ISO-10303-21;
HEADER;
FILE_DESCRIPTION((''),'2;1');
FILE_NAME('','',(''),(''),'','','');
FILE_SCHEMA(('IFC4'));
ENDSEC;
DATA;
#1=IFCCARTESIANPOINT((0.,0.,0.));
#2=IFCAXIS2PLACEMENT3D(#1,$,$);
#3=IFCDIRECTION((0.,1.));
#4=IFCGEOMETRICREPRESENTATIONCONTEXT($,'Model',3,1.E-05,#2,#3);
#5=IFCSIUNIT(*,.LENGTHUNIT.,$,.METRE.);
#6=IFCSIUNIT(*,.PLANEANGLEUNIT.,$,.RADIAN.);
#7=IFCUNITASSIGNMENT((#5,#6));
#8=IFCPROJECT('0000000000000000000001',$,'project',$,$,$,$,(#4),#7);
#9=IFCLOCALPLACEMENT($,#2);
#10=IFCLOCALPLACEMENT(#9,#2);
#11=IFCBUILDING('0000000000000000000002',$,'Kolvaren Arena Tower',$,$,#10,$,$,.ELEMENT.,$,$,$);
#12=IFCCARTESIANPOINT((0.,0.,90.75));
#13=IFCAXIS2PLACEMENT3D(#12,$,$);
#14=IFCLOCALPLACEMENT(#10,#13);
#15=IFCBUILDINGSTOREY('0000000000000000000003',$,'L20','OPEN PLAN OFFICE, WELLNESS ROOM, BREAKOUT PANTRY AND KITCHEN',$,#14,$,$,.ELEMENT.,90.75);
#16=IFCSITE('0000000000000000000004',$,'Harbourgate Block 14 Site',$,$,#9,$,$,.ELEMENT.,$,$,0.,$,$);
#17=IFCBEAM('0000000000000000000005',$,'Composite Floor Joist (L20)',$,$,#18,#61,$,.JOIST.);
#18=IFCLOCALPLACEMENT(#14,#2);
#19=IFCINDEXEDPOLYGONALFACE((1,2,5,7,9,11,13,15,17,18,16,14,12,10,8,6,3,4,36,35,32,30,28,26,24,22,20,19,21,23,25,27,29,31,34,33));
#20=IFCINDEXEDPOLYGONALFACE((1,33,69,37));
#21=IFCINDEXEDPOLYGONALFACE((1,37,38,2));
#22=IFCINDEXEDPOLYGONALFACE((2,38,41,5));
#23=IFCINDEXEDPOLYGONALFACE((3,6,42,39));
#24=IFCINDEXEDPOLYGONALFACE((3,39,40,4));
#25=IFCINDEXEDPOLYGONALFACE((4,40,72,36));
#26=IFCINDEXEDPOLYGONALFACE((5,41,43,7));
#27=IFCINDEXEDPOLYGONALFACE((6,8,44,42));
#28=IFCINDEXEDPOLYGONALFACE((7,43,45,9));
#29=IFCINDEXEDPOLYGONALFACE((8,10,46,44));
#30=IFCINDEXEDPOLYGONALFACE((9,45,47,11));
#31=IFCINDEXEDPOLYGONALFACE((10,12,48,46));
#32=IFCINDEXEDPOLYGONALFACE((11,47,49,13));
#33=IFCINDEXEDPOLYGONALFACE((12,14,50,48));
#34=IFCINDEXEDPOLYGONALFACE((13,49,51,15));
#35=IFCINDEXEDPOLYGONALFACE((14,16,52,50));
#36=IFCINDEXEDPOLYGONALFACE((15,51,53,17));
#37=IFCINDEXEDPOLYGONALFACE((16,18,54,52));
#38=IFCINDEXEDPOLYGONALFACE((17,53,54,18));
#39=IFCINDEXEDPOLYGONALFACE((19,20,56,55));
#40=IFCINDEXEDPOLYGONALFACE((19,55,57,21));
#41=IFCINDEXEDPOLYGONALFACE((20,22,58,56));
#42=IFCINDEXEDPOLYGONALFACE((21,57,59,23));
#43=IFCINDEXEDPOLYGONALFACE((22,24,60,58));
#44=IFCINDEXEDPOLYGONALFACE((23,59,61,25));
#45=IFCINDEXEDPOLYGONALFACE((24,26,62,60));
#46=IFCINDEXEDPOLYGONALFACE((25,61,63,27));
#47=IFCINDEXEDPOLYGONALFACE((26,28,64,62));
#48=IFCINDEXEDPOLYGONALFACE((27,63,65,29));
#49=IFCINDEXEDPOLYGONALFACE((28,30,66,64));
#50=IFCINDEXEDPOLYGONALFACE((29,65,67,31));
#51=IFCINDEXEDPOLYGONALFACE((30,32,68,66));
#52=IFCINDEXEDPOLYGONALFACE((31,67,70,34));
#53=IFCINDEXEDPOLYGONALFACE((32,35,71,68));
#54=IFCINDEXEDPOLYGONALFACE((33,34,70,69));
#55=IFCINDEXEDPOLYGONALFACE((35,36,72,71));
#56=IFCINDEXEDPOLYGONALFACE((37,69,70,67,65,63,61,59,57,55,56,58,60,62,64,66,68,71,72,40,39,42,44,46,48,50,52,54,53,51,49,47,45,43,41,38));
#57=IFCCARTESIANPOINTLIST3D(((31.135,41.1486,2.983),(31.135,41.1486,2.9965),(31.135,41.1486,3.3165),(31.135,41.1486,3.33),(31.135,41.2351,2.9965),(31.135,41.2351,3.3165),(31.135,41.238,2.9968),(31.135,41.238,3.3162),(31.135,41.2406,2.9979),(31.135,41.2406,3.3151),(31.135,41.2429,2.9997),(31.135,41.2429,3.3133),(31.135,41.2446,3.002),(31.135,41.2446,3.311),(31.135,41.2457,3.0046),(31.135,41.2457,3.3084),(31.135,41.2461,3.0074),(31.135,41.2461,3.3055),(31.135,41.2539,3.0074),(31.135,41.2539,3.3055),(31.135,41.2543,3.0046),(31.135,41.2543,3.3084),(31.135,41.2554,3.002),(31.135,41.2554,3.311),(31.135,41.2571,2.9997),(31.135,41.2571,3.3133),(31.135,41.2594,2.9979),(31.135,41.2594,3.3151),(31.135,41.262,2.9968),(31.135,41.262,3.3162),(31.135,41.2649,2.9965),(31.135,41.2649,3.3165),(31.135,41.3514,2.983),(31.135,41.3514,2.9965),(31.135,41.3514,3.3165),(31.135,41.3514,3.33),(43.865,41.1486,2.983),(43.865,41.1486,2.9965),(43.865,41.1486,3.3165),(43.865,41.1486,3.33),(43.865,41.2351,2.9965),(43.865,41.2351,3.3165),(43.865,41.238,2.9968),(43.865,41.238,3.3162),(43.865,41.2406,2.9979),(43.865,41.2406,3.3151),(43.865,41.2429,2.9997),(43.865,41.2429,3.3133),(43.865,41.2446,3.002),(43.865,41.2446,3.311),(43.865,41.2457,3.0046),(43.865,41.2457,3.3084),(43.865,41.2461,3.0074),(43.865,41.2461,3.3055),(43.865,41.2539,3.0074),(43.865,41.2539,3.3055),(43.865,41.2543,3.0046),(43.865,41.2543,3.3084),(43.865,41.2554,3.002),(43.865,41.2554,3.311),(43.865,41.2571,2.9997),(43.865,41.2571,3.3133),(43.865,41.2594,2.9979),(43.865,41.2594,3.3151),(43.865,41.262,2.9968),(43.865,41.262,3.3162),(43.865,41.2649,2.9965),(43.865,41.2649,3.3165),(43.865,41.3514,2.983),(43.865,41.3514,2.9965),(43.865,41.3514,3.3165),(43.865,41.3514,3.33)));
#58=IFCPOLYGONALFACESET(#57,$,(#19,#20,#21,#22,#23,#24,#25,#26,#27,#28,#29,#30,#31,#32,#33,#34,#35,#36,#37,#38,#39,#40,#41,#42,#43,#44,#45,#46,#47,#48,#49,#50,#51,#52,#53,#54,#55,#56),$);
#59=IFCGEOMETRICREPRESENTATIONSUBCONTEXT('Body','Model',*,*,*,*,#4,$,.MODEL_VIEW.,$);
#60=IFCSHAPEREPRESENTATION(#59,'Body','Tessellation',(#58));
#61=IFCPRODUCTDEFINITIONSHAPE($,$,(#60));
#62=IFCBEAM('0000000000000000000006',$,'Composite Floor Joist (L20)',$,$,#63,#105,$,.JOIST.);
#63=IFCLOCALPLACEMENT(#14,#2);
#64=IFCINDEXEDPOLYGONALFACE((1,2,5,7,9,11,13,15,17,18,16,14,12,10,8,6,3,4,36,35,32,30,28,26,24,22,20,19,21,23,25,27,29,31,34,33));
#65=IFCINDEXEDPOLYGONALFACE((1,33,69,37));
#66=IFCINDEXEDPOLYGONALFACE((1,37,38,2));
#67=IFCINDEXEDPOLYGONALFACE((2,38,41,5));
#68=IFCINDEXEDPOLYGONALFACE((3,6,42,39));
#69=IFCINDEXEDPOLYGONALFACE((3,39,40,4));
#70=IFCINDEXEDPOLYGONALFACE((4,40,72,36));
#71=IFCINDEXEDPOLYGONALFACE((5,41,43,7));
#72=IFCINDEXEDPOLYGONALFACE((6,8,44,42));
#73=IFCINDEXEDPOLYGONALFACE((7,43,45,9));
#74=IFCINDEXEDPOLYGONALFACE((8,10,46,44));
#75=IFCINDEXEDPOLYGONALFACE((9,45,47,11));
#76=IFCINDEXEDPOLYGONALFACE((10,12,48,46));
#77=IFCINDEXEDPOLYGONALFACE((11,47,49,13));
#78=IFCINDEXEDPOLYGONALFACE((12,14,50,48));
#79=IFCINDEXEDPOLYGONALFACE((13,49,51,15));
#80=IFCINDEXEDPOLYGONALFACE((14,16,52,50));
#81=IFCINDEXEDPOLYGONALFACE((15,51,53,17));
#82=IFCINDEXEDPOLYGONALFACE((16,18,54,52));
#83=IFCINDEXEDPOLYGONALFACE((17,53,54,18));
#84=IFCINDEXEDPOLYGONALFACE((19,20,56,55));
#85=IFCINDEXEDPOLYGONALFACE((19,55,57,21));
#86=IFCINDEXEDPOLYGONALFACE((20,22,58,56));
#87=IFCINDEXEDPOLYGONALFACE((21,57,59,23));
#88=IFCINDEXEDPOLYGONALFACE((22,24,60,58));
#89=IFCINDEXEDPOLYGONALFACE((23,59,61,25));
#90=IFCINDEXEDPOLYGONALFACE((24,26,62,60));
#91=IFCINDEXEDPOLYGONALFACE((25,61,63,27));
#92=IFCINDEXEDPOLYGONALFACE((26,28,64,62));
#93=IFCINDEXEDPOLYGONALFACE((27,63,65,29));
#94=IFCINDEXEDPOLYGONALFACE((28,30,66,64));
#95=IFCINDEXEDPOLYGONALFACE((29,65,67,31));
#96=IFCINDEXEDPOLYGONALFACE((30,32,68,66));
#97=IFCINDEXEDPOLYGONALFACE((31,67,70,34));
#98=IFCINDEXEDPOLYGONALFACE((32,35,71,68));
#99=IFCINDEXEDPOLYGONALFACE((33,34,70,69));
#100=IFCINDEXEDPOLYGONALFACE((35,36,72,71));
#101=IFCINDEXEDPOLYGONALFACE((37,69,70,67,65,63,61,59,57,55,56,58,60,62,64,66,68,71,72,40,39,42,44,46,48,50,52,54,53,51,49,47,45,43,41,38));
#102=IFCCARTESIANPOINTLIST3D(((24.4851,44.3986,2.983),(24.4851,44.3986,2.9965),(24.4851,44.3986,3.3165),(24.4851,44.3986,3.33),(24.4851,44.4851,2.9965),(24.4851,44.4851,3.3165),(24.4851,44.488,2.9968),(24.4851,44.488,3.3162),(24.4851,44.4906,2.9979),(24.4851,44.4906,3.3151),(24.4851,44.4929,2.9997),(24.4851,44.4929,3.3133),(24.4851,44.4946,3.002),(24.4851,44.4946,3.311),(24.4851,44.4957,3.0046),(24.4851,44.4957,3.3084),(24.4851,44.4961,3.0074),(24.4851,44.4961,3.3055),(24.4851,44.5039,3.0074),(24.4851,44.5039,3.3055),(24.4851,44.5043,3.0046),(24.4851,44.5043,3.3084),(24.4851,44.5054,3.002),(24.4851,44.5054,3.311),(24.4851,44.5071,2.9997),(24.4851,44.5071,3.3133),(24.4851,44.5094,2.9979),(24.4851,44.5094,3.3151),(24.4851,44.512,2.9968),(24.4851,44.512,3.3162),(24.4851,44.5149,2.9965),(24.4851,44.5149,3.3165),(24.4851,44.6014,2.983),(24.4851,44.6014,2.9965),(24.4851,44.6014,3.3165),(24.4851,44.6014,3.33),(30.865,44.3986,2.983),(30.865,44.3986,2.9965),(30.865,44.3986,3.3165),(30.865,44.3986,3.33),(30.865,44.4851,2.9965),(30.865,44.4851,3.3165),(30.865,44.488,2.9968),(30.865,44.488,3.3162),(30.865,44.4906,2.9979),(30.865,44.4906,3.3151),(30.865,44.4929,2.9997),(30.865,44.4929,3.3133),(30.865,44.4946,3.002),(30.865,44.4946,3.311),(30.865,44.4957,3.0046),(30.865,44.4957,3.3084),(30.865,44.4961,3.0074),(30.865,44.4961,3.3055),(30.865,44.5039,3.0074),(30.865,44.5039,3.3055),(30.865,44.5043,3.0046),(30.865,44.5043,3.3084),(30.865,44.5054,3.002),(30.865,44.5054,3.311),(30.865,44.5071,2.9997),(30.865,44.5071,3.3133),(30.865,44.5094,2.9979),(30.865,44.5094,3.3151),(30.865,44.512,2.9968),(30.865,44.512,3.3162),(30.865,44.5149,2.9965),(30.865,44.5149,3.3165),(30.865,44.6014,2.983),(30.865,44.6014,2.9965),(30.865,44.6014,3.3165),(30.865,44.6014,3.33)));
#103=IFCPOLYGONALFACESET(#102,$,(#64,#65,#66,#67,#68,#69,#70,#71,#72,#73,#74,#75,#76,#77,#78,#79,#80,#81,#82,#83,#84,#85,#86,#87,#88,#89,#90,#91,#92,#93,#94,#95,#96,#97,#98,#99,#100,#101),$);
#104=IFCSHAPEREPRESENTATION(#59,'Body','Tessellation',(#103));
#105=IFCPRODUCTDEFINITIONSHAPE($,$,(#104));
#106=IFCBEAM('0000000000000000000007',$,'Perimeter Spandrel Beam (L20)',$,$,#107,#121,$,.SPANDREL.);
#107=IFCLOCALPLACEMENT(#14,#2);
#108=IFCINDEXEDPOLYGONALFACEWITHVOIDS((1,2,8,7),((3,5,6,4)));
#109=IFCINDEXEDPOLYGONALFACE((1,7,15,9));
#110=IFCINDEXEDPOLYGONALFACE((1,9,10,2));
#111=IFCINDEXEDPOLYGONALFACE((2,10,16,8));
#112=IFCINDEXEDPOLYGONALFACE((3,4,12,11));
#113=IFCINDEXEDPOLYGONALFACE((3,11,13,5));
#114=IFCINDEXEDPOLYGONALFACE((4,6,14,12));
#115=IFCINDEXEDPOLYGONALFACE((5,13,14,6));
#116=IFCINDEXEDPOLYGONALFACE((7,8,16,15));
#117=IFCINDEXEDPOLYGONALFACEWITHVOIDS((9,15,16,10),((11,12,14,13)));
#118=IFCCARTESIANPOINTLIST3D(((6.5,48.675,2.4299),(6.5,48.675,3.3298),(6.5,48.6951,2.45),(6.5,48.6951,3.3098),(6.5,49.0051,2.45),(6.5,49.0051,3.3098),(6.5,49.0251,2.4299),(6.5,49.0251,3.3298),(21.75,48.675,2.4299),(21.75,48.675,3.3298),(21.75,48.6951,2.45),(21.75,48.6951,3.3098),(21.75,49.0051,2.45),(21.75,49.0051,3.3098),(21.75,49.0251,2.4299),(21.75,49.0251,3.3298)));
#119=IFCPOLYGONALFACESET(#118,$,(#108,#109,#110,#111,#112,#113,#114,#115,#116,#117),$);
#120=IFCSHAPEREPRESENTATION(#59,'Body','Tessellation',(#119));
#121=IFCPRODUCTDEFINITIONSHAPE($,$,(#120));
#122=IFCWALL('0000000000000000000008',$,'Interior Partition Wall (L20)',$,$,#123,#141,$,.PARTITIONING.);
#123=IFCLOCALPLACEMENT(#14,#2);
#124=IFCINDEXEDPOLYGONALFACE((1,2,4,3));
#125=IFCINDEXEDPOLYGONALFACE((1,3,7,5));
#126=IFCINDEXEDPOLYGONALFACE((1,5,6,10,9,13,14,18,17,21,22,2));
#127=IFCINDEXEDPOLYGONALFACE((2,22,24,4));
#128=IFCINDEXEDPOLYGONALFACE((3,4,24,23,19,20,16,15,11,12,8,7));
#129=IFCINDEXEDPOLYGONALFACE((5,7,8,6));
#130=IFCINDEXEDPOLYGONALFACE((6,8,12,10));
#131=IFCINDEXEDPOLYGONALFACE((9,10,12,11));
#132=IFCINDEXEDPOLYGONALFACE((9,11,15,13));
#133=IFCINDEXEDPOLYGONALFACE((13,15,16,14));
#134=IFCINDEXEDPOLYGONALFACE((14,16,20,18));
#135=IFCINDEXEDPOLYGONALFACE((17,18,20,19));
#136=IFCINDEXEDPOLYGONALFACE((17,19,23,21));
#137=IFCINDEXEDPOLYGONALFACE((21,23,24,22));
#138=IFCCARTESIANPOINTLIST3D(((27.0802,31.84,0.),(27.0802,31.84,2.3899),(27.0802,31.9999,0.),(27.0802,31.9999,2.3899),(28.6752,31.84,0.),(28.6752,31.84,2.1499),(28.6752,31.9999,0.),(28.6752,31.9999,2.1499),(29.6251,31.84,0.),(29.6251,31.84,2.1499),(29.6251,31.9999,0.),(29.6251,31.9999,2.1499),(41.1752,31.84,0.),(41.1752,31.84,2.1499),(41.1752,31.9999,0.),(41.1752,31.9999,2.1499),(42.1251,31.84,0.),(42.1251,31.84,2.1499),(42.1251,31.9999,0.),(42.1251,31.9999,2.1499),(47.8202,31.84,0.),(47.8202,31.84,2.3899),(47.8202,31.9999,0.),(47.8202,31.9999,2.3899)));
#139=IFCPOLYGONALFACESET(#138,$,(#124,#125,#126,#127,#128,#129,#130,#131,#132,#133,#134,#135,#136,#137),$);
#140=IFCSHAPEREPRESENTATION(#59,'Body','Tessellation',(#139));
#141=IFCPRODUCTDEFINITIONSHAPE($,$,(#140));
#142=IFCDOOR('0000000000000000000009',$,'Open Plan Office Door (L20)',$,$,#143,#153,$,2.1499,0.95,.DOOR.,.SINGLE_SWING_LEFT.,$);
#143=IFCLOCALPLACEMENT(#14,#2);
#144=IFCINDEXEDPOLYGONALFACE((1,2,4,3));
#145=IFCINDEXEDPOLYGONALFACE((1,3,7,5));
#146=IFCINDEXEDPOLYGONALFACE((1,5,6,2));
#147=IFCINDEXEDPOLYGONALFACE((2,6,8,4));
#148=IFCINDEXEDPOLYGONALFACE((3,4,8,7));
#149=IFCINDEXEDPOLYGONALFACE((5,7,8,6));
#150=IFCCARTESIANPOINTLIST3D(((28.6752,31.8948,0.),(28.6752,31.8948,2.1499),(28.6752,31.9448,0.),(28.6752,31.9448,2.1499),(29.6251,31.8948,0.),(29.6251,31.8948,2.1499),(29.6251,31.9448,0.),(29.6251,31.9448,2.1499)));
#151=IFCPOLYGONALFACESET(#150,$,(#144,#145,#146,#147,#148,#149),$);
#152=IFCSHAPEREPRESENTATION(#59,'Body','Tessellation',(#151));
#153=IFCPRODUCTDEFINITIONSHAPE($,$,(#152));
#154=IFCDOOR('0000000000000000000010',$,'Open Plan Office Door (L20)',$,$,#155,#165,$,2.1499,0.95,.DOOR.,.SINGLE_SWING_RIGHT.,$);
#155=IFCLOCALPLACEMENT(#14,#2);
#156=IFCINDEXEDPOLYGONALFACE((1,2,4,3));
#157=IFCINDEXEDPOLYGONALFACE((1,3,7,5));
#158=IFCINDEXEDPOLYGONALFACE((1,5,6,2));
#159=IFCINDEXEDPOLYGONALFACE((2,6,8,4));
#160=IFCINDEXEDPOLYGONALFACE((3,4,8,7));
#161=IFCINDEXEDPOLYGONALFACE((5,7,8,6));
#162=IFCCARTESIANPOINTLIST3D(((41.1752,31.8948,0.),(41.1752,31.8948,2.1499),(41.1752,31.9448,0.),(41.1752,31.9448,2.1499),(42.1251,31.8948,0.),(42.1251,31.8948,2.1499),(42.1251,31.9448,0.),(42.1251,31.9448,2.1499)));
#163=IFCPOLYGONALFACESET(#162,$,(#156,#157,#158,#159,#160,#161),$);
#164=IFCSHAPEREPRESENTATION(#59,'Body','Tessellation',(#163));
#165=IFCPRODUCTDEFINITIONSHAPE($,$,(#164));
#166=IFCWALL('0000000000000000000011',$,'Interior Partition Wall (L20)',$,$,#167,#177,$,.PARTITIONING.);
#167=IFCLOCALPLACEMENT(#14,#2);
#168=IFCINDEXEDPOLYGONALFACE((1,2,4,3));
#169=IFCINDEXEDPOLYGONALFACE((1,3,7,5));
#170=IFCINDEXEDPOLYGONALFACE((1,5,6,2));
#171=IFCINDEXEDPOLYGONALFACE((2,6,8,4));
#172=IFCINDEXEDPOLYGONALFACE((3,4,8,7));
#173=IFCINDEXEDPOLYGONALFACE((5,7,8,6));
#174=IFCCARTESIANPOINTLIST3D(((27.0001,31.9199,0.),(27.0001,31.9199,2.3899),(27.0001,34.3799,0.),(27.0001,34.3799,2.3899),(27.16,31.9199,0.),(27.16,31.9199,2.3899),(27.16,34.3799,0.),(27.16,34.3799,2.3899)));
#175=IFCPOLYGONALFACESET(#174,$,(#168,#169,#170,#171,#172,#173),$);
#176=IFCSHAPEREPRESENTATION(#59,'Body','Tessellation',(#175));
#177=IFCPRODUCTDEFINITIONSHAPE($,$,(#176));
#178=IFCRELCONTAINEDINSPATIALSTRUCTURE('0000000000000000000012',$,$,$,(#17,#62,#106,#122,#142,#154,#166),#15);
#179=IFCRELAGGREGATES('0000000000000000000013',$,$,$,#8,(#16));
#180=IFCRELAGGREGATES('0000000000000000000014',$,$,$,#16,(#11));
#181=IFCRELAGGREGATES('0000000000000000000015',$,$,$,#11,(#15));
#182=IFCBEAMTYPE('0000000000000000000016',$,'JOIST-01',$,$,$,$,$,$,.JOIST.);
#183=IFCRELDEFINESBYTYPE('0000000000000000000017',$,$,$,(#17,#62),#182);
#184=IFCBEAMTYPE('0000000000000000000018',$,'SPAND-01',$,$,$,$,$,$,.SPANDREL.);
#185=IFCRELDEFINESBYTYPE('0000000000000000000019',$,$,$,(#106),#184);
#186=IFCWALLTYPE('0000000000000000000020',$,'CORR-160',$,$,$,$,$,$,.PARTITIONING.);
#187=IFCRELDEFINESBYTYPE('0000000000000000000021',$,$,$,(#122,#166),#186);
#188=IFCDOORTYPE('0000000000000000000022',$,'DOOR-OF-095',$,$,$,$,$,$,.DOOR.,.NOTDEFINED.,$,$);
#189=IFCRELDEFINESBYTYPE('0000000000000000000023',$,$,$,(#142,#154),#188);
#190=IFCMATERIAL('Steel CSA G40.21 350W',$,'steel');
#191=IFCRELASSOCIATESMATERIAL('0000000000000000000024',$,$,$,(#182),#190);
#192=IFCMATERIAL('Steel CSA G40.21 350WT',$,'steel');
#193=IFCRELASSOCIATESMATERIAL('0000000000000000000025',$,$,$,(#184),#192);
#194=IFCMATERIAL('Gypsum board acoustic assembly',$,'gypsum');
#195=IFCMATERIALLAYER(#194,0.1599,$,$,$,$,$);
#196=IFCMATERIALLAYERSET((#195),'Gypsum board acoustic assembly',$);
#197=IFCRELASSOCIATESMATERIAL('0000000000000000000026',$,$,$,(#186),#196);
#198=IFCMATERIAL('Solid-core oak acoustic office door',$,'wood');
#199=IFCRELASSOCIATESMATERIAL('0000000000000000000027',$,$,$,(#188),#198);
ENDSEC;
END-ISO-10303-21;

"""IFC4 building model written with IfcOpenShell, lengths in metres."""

from ifc_helpers import new_model, si_unit, direction, frame, frame_2d, origin, origin_2d, place, context, subcontext, project, spatial, rectangle, hollow_rectangle, i_section, extrude, material, layer, layer_set, material_profile, profile_set, type_object, element, fill, save


model = new_model("IFC4")

# Units and contexts
model_context = context("Model", 3, precision=1e-05, world=origin(), true_north=direction((0.0, 1.0)))
body_context = subcontext(model_context, "Body", "Model", "MODEL_VIEW")
ifc_project = project(units=[si_unit("LENGTHUNIT", "METRE"), si_unit("PLANEANGLEUNIT", "RADIAN")], contexts=[model_context])

# Site, building, storey
site_placement = place(None, origin())
site = spatial("IfcSite", under=ifc_project, at=site_placement, Name="Harbourgate Block 14 Site", CompositionType="ELEMENT", RefElevation=0.0)
building_placement = place(site_placement, origin())
building = spatial("IfcBuilding", under=site, at=building_placement, Name="Kolvaren Arena Tower", CompositionType="ELEMENT")
storey_placement = place(building_placement, frame((0.0, 0.0, 90.75)))
storey = spatial("IfcBuildingStorey", under=building, at=storey_placement, Name="L20", Description="OPEN PLAN OFFICE, WELLNESS ROOM, BREAKOUT PANTRY AND KITCHEN", CompositionType="ELEMENT", Elevation=90.75)

# Beams
ifc_material_1 = material(Name="Steel CSA G40.21 350W", Category="steel")
ifc_material_profile_1 = material_profile(ifc_material_1, i_section(OverallWidth=0.2029, OverallDepth=0.3469, WebThickness=0.0078, FlangeThickness=0.0134, FilletRadius=0.011, at=origin_2d()), Name="W360x64")
ifc_profile_set_1 = profile_set([ifc_material_profile_1], Name="Steel CSA G40.21 350W")
beam_type_1 = type_object("IfcBeamType", Name="JOIST-01", PredefinedType="JOIST", material=ifc_profile_set_1)
beam_1_placement = place(storey_placement, frame((31.135, 41.25, 3.1565), z_axis=(1.0, 0.0, 0.0), x_axis=(0.0, 1.0, 0.0)))
element("IfcBeam", 1, at=beam_1_placement, inside=storey, type_object=beam_type_1, Name="Composite Floor Joist (L20)", PredefinedType="JOIST", context=body_context, shape_type="SweptSolid", body=[
    extrude(i_section(OverallWidth=0.2029, OverallDepth=0.3469, WebThickness=0.0078, FlangeThickness=0.0134, FilletRadius=0.011, at=origin_2d()), origin(), (0.0, 0.0, 1.0), 12.73),
])
beam_2_placement = place(storey_placement, frame((24.4851, 44.5, 3.1565), z_axis=(1.0, 0.0, 0.0), x_axis=(0.0, 1.0, 0.0)))
element("IfcBeam", 2, at=beam_2_placement, inside=storey, type_object=beam_type_1, Name="Composite Floor Joist (L20)", PredefinedType="JOIST", context=body_context, shape_type="SweptSolid", body=[
    extrude(i_section(OverallWidth=0.2029, OverallDepth=0.3469, WebThickness=0.0078, FlangeThickness=0.0134, FilletRadius=0.011, at=origin_2d()), origin(), (0.0, 0.0, 1.0), 6.3799),
])
ifc_material_2 = material(Name="Steel CSA G40.21 350WT", Category="steel")
ifc_material_profile_2 = material_profile(ifc_material_2, hollow_rectangle(XDim=0.3501, YDim=0.8999, WallThickness=0.02, at=origin_2d()), Name="HSS 900x350x20")
ifc_profile_set_2 = profile_set([ifc_material_profile_2], Name="Steel CSA G40.21 350WT")
beam_type_2 = type_object("IfcBeamType", Name="SPAND-01", PredefinedType="SPANDREL", material=ifc_profile_set_2)
beam_3_placement = place(storey_placement, frame((21.75, 48.8501, 2.8799), z_axis=(-1.0, 0.0, 0.0), x_axis=(0.0, -1.0, 0.0)))
element("IfcBeam", 3, at=beam_3_placement, inside=storey, type_object=beam_type_2, Name="Perimeter Spandrel Beam (L20)", PredefinedType="SPANDREL", context=body_context, shape_type="SweptSolid", body=[
    extrude(hollow_rectangle(XDim=0.3501, YDim=0.8999, WallThickness=0.02, at=origin_2d()), origin(), (0.0, 0.0, 1.0), 15.25),
])

# Wall, openings, doors
ifc_material_3 = material(Name="Gypsum board acoustic assembly", Category="gypsum")
ifc_layer_1 = layer(ifc_material_3, 0.1599)
ifc_layer_set_1 = layer_set([ifc_layer_1], Name="Gypsum board acoustic assembly")
wall_type_1 = type_object("IfcWallType", Name="CORR-160", PredefinedType="PARTITIONING", material=ifc_layer_set_1)
wall_1_placement = place(storey_placement, frame((27.0801, 31.9199, 0.0), z_axis=(0.0, 0.0, 1.0), x_axis=(1.0, 0.0, 0.0)))
wall_1 = element("IfcWall", 4, at=wall_1_placement, inside=storey, type_object=wall_type_1, Name="Interior Partition Wall (L20)", PredefinedType="PARTITIONING", context=body_context, shape_type="SweptSolid", body=[
    extrude(rectangle(XDim=20.74, YDim=0.1599, at=frame_2d((10.3701, 0.0))), origin(), (0.0, 0.0, 1.0), 2.3899),
])
opening_1_placement = place(wall_1_placement, frame((1.595, 0.0, 0.0)))
opening_1 = element("IfcOpeningElement", 5, at=opening_1_placement, cuts=wall_1, PredefinedType="OPENING", context=body_context, shape_type="SweptSolid", body=[
    extrude(rectangle(XDim=0.95, YDim=2.1499, at=frame_2d((0.4751, 1.075))), frame((0.0, 0.0898, 0.0), z_axis=(0.0, -1.0, 0.0), x_axis=(1.0, 0.0, 0.0)), (0.0, 0.0, 1.0), 0.1799),
])
opening_2_placement = place(wall_1_placement, frame((14.095, 0.0, 0.0)))
opening_2 = element("IfcOpeningElement", 6, at=opening_2_placement, cuts=wall_1, PredefinedType="OPENING", context=body_context, shape_type="SweptSolid", body=[
    extrude(rectangle(XDim=0.95, YDim=2.1499, at=frame_2d((0.4751, 1.075))), frame((0.0, 0.0898, 0.0), z_axis=(0.0, -1.0, 0.0), x_axis=(1.0, 0.0, 0.0)), (0.0, 0.0, 1.0), 0.1799),
])
ifc_material_4 = material(Name="Solid-core oak acoustic office door", Category="wood")
door_type = type_object("IfcDoorType", Name="DOOR-OF-095", OperationType="NOTDEFINED", PredefinedType="DOOR", material=ifc_material_4)
door_1_placement = place(opening_1_placement, origin())
door_1 = element("IfcDoor", 7, at=door_1_placement, inside=storey, type_object=door_type, Name="Open Plan Office Door (L20)", OperationType="SINGLE_SWING_LEFT", OverallHeight=2.1499, OverallWidth=0.95, PredefinedType="DOOR", context=body_context, shape_type="SweptSolid", body=[
    extrude(rectangle(XDim=0.95, YDim=2.1499, at=frame_2d((0.4751, 1.075))), frame((0.0, 0.0249, 0.0), z_axis=(0.0, -1.0, 0.0), x_axis=(1.0, 0.0, 0.0)), (0.0, 0.0, 1.0), 0.05),
])
fill(opening_1, door_1)
door_2_placement = place(opening_2_placement, origin())
door_2 = element("IfcDoor", 8, at=door_2_placement, inside=storey, type_object=door_type, Name="Open Plan Office Door (L20)", OperationType="SINGLE_SWING_RIGHT", OverallHeight=2.1499, OverallWidth=0.95, PredefinedType="DOOR", context=body_context, shape_type="SweptSolid", body=[
    extrude(rectangle(XDim=0.95, YDim=2.1499, at=frame_2d((0.4751, 1.075))), frame((0.0, 0.0249, 0.0), z_axis=(0.0, -1.0, 0.0), x_axis=(1.0, 0.0, 0.0)), (0.0, 0.0, 1.0), 0.05),
])
fill(opening_2, door_2)

# Wall
wall_2_placement = place(storey_placement, frame((27.0801, 31.9199, 0.0), z_axis=(0.0, 0.0, 1.0), x_axis=(0.0, 1.0, 0.0)))
element("IfcWall", 9, at=wall_2_placement, inside=storey, type_object=wall_type_1, Name="Interior Partition Wall (L20)", PredefinedType="PARTITIONING", context=body_context, shape_type="SweptSolid", body=[
    extrude(rectangle(XDim=2.46, YDim=0.1599, at=frame_2d((1.23, 0.0))), origin(), (0.0, 0.0, 1.0), 2.3899),
])

save(model, "model.ifc")
